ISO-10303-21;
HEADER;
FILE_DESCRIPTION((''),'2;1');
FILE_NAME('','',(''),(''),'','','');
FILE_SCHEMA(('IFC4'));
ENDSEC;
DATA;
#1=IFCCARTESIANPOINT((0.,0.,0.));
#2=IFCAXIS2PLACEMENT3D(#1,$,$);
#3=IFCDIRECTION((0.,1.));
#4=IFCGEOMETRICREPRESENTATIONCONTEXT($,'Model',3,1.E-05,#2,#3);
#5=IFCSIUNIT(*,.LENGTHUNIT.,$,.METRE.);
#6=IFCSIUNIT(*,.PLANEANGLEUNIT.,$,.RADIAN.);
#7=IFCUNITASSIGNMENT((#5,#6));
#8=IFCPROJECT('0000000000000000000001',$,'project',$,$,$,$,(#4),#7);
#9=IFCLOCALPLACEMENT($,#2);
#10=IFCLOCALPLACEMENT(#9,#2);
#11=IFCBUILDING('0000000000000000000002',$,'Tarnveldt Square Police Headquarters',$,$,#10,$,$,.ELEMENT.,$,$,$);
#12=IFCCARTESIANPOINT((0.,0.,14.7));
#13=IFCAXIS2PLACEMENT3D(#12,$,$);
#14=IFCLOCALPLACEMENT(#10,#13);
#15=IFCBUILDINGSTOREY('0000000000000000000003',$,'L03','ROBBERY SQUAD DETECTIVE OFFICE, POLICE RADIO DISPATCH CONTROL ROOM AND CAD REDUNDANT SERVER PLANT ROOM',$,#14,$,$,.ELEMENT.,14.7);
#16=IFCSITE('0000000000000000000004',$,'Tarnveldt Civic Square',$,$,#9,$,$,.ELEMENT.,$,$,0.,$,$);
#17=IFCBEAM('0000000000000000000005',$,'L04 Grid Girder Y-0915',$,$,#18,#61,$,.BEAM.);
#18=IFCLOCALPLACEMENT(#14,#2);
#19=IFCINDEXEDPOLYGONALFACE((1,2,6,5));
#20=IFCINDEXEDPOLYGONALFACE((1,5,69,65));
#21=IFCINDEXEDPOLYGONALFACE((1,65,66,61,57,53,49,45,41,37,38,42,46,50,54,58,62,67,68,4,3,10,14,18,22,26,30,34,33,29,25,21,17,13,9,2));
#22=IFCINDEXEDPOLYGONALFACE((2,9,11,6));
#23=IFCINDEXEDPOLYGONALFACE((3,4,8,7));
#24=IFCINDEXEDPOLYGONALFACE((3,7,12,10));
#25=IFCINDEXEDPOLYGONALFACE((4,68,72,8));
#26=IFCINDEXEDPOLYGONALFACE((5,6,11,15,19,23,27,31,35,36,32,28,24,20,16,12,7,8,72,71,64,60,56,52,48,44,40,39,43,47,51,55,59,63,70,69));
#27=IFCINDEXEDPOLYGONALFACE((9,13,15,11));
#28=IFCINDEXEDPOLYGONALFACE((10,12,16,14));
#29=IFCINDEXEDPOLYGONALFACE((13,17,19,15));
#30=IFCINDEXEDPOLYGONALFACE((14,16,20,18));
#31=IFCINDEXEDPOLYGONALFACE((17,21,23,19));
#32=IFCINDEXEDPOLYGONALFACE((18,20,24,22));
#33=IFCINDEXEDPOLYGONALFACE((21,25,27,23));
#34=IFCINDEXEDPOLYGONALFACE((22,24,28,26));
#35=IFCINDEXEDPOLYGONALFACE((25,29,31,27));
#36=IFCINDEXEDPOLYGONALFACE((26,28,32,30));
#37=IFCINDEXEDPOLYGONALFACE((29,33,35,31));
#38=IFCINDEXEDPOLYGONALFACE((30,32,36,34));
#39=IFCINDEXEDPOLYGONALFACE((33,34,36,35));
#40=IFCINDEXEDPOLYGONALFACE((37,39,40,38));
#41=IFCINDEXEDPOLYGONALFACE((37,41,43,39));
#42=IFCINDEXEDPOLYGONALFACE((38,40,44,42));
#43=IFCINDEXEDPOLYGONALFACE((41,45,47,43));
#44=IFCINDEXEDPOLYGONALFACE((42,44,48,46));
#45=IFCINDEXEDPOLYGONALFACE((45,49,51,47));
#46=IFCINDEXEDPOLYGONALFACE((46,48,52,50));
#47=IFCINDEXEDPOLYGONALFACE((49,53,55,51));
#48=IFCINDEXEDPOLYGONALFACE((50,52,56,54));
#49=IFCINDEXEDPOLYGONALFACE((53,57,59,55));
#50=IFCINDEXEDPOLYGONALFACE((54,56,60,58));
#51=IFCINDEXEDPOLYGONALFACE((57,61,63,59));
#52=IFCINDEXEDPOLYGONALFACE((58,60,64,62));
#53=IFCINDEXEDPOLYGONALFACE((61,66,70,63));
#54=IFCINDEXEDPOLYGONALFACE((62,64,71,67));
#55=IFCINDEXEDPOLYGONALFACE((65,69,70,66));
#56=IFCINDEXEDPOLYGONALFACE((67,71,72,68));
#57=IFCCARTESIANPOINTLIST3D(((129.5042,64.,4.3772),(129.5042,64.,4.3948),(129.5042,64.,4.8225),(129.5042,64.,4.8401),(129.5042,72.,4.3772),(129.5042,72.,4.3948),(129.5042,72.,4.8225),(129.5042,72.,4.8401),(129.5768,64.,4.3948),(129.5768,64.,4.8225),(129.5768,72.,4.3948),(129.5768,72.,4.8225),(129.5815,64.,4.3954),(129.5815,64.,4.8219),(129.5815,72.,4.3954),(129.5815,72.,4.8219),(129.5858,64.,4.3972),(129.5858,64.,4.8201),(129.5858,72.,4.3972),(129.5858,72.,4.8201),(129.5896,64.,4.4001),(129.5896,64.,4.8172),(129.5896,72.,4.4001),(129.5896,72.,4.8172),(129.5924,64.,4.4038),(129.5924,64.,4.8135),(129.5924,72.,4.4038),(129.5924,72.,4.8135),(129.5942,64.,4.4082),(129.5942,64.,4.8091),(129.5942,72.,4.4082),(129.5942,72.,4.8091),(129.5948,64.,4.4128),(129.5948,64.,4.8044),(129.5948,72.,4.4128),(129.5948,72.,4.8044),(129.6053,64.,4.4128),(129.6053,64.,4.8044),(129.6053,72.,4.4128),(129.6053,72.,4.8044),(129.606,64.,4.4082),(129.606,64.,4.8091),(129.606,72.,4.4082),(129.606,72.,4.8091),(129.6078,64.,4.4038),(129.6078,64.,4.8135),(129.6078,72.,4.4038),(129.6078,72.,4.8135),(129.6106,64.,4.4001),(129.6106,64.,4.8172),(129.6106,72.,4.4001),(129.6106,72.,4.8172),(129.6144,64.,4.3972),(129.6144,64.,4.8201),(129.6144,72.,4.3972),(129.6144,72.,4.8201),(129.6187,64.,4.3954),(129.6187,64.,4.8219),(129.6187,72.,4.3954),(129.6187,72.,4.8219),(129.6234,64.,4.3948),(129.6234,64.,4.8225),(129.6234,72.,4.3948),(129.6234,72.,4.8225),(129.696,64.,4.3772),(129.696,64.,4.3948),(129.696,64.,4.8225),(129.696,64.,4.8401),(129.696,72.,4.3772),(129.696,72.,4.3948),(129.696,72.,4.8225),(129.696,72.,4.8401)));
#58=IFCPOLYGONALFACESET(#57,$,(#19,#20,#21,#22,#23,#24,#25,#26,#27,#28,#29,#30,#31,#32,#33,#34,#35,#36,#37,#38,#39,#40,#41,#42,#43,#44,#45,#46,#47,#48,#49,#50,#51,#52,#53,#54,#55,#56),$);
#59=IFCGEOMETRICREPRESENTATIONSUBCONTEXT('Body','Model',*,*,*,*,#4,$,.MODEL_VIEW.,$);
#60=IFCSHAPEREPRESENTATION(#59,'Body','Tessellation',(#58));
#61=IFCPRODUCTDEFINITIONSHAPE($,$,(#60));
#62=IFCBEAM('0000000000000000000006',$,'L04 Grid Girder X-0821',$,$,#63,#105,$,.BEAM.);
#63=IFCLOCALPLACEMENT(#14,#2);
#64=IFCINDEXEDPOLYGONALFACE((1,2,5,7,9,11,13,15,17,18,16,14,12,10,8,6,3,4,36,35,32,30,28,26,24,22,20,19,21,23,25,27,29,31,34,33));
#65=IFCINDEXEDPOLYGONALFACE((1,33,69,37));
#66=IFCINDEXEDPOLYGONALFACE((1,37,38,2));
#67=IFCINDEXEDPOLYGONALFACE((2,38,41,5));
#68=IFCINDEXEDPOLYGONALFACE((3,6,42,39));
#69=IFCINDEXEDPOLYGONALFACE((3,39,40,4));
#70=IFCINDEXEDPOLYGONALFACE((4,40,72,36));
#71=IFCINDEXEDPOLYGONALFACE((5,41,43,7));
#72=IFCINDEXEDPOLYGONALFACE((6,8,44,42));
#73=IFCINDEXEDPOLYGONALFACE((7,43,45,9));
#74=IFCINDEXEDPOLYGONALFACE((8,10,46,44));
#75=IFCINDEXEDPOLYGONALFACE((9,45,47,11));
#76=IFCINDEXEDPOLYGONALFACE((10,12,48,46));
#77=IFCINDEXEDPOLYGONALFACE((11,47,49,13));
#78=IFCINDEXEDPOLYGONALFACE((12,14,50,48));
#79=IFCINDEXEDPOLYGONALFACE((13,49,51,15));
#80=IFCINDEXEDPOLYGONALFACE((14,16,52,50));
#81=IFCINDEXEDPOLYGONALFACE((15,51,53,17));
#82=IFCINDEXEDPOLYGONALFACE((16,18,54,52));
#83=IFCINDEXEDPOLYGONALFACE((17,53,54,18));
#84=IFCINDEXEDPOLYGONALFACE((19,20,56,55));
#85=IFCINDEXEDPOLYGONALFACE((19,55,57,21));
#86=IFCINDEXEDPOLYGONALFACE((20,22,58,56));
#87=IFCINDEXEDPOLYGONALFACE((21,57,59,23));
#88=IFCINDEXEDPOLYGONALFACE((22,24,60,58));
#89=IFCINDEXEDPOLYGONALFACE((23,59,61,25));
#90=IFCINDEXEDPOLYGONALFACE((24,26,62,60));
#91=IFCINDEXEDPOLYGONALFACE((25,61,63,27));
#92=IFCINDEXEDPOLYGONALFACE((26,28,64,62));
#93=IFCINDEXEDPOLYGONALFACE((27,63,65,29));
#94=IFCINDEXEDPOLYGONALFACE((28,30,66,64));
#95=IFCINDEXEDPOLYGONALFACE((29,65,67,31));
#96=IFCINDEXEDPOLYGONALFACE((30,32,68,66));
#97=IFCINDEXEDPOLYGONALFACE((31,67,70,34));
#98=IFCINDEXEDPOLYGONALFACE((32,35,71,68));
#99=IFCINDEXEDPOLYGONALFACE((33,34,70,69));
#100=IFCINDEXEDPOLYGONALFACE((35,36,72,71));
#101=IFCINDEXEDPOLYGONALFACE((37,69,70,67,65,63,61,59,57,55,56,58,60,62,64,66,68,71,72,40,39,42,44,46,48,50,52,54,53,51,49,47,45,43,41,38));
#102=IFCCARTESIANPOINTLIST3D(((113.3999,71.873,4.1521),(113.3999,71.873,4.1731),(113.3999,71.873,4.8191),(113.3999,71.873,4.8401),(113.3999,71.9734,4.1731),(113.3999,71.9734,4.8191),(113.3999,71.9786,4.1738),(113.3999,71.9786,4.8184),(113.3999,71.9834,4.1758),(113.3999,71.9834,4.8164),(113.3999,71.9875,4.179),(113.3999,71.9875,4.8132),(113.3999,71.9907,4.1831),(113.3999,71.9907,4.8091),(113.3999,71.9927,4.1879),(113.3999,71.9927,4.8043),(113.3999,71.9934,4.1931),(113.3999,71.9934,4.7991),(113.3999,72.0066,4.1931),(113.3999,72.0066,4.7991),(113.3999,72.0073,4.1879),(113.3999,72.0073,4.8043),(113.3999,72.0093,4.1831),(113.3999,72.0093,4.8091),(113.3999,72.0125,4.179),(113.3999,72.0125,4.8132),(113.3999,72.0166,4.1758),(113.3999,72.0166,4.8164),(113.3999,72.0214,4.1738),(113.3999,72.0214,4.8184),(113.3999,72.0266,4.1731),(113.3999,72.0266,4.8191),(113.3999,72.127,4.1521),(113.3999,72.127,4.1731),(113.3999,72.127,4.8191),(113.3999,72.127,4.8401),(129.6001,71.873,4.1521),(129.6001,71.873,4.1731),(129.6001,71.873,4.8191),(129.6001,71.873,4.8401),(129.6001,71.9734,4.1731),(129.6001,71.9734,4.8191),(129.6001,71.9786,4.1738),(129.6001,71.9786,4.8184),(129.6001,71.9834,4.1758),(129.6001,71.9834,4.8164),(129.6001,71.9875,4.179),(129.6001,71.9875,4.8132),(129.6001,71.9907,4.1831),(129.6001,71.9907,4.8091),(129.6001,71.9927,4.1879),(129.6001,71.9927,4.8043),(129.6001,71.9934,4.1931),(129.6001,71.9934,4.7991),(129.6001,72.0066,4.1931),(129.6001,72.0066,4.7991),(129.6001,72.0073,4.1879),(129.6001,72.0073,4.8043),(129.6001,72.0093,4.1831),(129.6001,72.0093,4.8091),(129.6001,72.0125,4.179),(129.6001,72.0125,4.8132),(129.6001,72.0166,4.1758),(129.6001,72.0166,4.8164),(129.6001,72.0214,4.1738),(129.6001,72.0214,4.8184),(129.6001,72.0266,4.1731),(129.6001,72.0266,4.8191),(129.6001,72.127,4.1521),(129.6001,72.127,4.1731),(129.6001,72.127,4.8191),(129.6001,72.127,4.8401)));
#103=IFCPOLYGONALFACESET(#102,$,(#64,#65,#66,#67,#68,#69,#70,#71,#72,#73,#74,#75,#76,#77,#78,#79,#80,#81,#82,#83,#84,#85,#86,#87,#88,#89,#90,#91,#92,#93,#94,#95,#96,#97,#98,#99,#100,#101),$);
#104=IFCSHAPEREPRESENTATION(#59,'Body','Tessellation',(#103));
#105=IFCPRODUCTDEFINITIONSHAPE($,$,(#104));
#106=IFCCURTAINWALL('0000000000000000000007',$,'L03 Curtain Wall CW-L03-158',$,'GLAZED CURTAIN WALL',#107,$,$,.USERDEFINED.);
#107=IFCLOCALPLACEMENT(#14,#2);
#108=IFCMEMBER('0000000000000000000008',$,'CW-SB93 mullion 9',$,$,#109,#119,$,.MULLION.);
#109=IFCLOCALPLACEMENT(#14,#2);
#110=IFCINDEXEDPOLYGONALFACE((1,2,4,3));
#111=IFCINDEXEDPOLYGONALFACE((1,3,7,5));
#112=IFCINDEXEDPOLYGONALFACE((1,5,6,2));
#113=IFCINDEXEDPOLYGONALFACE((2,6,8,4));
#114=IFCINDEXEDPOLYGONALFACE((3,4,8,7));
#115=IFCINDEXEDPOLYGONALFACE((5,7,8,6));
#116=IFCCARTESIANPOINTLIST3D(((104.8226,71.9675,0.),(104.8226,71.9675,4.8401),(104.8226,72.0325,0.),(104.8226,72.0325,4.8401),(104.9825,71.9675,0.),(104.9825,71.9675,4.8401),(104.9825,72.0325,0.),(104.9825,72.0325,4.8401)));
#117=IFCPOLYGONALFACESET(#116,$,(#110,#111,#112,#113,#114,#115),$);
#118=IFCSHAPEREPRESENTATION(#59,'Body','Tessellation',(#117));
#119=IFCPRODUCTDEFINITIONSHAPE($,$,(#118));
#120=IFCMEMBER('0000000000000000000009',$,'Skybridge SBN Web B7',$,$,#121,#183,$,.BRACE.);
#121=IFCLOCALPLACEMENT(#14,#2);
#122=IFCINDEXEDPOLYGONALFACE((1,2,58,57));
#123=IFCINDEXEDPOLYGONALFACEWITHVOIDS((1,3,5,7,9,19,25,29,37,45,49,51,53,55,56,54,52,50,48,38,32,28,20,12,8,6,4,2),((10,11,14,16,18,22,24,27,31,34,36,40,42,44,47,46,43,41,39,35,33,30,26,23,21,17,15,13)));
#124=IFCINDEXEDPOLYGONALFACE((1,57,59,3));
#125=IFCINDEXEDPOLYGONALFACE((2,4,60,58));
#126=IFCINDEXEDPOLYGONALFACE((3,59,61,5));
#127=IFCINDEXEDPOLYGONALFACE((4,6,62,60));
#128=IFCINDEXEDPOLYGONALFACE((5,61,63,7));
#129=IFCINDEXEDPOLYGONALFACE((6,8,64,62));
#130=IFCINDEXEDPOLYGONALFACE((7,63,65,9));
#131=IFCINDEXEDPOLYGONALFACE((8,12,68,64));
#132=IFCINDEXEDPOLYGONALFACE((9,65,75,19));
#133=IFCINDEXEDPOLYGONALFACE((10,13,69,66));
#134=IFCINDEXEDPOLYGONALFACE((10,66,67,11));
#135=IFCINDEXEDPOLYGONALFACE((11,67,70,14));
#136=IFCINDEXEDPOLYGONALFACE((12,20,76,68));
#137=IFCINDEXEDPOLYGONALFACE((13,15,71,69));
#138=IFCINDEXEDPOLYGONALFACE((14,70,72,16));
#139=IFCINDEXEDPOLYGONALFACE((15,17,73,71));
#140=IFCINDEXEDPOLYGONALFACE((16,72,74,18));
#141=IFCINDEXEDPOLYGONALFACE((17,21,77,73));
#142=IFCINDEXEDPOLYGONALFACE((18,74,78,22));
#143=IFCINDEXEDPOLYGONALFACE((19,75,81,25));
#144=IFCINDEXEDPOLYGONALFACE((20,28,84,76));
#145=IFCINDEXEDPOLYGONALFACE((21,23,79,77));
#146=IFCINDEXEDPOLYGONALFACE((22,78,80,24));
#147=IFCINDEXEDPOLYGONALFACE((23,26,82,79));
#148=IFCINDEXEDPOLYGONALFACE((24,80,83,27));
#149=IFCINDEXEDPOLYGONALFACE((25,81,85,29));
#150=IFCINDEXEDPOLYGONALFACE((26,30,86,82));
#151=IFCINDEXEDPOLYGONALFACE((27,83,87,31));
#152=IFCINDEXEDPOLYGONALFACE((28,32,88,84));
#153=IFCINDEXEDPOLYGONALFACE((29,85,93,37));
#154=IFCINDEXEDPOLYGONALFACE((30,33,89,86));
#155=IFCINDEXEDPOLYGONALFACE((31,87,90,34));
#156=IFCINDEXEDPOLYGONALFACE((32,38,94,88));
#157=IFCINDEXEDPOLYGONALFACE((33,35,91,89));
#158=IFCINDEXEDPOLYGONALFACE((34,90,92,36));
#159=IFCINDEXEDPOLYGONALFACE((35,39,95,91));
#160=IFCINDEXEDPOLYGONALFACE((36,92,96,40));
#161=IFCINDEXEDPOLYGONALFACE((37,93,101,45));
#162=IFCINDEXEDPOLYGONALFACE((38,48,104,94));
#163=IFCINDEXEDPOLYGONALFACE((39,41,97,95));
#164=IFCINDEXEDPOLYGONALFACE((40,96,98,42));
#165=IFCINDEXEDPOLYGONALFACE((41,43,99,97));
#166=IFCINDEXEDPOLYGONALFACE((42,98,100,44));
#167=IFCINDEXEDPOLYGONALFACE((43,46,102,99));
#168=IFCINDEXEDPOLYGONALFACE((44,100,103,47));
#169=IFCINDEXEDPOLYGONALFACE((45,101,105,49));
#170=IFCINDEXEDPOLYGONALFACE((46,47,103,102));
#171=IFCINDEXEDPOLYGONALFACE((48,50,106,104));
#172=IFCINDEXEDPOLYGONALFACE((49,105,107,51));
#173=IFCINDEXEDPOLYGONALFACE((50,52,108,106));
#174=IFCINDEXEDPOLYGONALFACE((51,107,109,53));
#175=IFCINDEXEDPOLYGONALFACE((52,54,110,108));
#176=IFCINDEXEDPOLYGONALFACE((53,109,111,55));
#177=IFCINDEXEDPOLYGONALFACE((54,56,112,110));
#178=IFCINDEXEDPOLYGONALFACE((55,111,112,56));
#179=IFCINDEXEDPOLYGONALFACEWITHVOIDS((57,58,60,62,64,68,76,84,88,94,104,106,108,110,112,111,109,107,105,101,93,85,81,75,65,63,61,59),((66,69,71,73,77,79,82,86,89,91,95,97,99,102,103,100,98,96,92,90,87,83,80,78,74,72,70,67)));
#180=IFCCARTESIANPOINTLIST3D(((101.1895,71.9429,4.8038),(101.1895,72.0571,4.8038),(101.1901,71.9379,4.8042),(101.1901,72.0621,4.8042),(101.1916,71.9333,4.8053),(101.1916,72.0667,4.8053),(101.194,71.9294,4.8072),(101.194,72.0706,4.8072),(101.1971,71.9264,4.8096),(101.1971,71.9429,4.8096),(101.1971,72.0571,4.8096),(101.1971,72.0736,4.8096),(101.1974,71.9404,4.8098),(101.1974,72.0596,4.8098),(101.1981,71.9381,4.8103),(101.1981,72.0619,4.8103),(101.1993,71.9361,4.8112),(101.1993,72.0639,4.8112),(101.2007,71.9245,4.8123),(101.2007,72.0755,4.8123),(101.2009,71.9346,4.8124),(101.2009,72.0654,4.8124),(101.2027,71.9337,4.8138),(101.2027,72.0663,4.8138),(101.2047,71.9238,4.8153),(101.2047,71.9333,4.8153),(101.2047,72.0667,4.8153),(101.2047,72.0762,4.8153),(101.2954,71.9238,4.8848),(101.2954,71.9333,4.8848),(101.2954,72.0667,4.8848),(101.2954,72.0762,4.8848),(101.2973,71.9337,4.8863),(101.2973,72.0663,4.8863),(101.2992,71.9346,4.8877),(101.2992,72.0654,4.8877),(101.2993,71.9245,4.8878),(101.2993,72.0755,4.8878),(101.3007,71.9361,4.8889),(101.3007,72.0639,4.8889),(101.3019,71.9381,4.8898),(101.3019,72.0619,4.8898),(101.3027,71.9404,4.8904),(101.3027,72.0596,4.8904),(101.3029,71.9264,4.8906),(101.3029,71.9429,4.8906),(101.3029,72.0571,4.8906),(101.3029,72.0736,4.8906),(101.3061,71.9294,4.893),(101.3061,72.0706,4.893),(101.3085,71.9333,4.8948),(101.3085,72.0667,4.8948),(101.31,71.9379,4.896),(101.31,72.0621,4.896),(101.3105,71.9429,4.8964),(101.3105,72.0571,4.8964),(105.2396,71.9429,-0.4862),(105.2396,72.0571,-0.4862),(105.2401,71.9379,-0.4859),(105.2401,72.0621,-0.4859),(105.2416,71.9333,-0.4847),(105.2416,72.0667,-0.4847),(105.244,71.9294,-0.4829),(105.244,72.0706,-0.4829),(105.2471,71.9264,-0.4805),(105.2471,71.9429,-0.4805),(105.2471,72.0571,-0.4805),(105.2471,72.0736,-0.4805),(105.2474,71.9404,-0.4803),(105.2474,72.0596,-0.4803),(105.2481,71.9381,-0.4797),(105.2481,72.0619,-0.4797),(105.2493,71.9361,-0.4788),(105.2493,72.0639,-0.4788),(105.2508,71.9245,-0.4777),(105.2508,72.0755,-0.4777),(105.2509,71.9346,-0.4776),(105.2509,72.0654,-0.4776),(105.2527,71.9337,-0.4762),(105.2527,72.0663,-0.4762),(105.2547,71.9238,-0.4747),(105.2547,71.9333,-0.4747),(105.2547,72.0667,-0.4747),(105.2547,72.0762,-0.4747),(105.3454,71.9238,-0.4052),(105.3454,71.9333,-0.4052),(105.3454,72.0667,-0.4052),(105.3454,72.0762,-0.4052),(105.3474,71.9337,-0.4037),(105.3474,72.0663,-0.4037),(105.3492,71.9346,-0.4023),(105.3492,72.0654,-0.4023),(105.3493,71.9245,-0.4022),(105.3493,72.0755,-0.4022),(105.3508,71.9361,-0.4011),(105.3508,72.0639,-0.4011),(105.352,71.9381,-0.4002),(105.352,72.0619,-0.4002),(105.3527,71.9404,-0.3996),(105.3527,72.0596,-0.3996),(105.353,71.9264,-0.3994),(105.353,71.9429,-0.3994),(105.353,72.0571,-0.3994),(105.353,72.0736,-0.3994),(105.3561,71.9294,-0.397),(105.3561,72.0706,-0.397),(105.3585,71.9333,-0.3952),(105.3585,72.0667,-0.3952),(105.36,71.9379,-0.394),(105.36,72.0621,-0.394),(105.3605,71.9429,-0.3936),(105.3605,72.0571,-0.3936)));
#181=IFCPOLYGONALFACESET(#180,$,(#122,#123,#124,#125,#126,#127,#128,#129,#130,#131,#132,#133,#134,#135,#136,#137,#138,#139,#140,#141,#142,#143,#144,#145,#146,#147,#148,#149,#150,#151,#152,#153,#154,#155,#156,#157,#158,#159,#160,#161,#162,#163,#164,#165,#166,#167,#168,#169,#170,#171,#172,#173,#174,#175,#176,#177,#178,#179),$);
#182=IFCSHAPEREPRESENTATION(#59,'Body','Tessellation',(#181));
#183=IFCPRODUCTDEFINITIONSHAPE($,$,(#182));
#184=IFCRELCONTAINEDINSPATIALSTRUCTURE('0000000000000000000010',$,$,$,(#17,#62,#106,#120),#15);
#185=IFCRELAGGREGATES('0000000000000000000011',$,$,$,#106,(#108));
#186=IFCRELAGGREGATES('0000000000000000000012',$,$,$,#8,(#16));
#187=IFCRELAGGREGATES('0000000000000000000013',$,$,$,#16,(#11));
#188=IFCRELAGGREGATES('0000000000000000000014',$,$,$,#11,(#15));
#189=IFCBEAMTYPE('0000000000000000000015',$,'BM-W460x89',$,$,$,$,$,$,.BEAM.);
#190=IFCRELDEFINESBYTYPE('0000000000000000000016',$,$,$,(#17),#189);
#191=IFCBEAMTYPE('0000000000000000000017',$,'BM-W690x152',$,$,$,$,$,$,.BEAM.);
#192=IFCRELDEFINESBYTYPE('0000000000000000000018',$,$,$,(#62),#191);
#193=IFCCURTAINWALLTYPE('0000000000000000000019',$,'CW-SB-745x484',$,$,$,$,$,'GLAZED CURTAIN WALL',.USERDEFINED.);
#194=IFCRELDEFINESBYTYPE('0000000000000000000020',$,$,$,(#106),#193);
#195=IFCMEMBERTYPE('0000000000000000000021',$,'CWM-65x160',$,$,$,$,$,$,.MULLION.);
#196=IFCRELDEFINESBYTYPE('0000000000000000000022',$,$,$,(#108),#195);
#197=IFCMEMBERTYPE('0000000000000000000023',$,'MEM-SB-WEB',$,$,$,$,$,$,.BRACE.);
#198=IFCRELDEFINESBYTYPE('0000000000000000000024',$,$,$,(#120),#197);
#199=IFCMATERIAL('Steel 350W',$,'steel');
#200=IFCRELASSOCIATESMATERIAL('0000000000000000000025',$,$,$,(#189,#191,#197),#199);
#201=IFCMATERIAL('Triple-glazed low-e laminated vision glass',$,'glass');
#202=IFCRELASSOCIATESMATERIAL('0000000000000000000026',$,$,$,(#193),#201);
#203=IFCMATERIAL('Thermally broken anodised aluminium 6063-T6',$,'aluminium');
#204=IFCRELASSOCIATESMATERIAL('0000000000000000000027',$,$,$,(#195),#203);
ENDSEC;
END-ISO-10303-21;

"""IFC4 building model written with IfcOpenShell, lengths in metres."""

from ifc_helpers import new_model, si_unit, direction, frame, origin, origin_2d, place, context, subcontext, project, spatial, rectangle, hollow_rectangle, i_section, extrude, material, material_profile, profile_set, type_object, element, aggregate, save


model = new_model("IFC4")

# Units and contexts
model_context = context("Model", 3, precision=1e-05, world=origin(), true_north=direction((0.0, 1.0)))
body_context = subcontext(model_context, "Body", "Model", "MODEL_VIEW")
ifc_project = project(units=[si_unit("LENGTHUNIT", "METRE"), si_unit("PLANEANGLEUNIT", "RADIAN")], contexts=[model_context])

# Site, building, storey
site_placement = place(None, origin())
site = spatial("IfcSite", under=ifc_project, at=site_placement, Name="Tarnveldt Civic Square", CompositionType="ELEMENT", RefElevation=0.0)
building_placement = place(site_placement, origin())
building = spatial("IfcBuilding", under=site, at=building_placement, Name="Tarnveldt Square Police Headquarters", CompositionType="ELEMENT")
storey_placement = place(building_placement, frame((0.0, 0.0, 14.7)))
storey = spatial("IfcBuildingStorey", under=building, at=storey_placement, Name="L03", Description="ROBBERY SQUAD DETECTIVE OFFICE, POLICE RADIO DISPATCH CONTROL ROOM AND CAD REDUNDANT SERVER PLANT ROOM", CompositionType="ELEMENT", Elevation=14.7)

# Shared definitions
ifc_material_1 = material(Name="Steel 350W", Category="steel")

# Beams
ifc_material_profile_1 = material_profile(ifc_material_1, i_section(OverallWidth=0.1919, OverallDepth=0.4629, WebThickness=0.0105, FlangeThickness=0.0176, FilletRadius=0.0181, at=origin_2d()), Name="W460x89")
ifc_profile_set_1 = profile_set([ifc_material_profile_1], Name="Steel 350W")
beam_type_1 = type_object("IfcBeamType", Name="BM-W460x89", PredefinedType="BEAM", material=ifc_profile_set_1)
for number, where, z_axis, x_axis, name in (
    (1, (129.6001, 64.0, 4.6086), (0.0, 1.0, 0.0), (-1.0, 0.0, 0.0), "L04 Grid Girder Y-0915"),
):
    element("IfcBeam", number, at=place(storey_placement, frame(where, z_axis=z_axis, x_axis=x_axis)), inside=storey, type_object=beam_type_1, Name=name, PredefinedType="BEAM", context=body_context, shape_type="SweptSolid", body=[
        extrude(i_section(OverallWidth=0.1919, OverallDepth=0.4629, WebThickness=0.0105, FlangeThickness=0.0176, FilletRadius=0.0181, at=origin_2d()), origin(), (0.0, 0.0, 1.0), 8.0),
    ])
ifc_material_profile_2 = material_profile(ifc_material_1, i_section(OverallWidth=0.2539, OverallDepth=0.688, WebThickness=0.0132, FlangeThickness=0.021, FilletRadius=0.02, at=origin_2d()), Name="W690x152")
ifc_profile_set_2 = profile_set([ifc_material_profile_2], Name="Steel 350W")
beam_type_2 = type_object("IfcBeamType", Name="BM-W690x152", PredefinedType="BEAM", material=ifc_profile_set_2)
beam_1_placement = place(storey_placement, frame((113.3999, 72.0, 4.4961), z_axis=(1.0, 0.0, 0.0), x_axis=(0.0, 1.0, 0.0)))
element("IfcBeam", 2, at=beam_1_placement, inside=storey, type_object=beam_type_2, Name="L04 Grid Girder X-0821", PredefinedType="BEAM", context=body_context, shape_type="SweptSolid", body=[
    extrude(i_section(OverallWidth=0.2539, OverallDepth=0.688, WebThickness=0.0132, FlangeThickness=0.021, FilletRadius=0.02, at=origin_2d()), origin(), (0.0, 0.0, 1.0), 16.2002),
])

# Curtain wall, member
ifc_material_2 = material(Name="Triple-glazed low-e laminated vision glass", Category="glass")
curtain_wall_type = type_object("IfcCurtainWallType", Name="CW-SB-745x484", ElementType="GLAZED CURTAIN WALL", PredefinedType="USERDEFINED", material=ifc_material_2)
curtain_wall_placement = place(storey_placement, origin())
curtain_wall = element("IfcCurtainWall", 3, at=curtain_wall_placement, inside=storey, type_object=curtain_wall_type, Name="L03 Curtain Wall CW-L03-158", ObjectType="GLAZED CURTAIN WALL", PredefinedType="USERDEFINED")
ifc_material_3 = material(Name="Thermally broken anodised aluminium 6063-T6", Category="aluminium")
ifc_material_profile_3 = material_profile(ifc_material_3, rectangle(XDim=0.0649, YDim=0.1599, at=origin_2d()), Name="CW-M65x160")
ifc_profile_set_3 = profile_set([ifc_material_profile_3], Name="Thermally broken anodised aluminium 6063-T6")
member_type_1 = type_object("IfcMemberType", Name="CWM-65x160", PredefinedType="MULLION", material=ifc_profile_set_3)
member_1_placement = place(storey_placement, frame((104.9026, 72.0, 0.0), z_axis=(0.0, 0.0, 1.0), x_axis=(0.0, 1.0, 0.0)))
member_1 = element("IfcMember", 4, at=member_1_placement, type_object=member_type_1, Name="CW-SB93 mullion 9", PredefinedType="MULLION", context=body_context, shape_type="SweptSolid", body=[
    extrude(rectangle(XDim=0.0649, YDim=0.1599, at=origin_2d()), origin(), (0.0, 0.0, 1.0), 4.8401),
])

# Member
ifc_material_profile_4 = material_profile(ifc_material_1, hollow_rectangle(XDim=0.1523, YDim=0.1523, WallThickness=0.0095, InnerFilletRadius=0.0095, OuterFilletRadius=0.019, at=origin_2d()), Name="HSS152x152x9.5")
ifc_profile_set_4 = profile_set([ifc_material_profile_4], Name="Steel 350W")
member_type_2 = type_object("IfcMemberType", Name="MEM-SB-WEB", PredefinedType="BRACE", material=ifc_profile_set_4)
member_2_placement = place(storey_placement, frame((105.3, 72.0, -0.4399), z_axis=(-0.607898, 0.0, 0.794016), x_axis=(0.0, -1.0, 0.0)))
element("IfcMember", 5, at=member_2_placement, inside=storey, type_object=member_type_2, Name="Skybridge SBN Web B7", PredefinedType="BRACE", context=body_context, shape_type="SweptSolid", body=[
    extrude(hollow_rectangle(XDim=0.1523, YDim=0.1523, WallThickness=0.0095, InnerFilletRadius=0.0095, OuterFilletRadius=0.019, at=origin_2d()), origin(), (0.0, 0.0, 1.0), 6.6624),
])

aggregate(curtain_wall, [member_1])

save(model, "model.ifc")
